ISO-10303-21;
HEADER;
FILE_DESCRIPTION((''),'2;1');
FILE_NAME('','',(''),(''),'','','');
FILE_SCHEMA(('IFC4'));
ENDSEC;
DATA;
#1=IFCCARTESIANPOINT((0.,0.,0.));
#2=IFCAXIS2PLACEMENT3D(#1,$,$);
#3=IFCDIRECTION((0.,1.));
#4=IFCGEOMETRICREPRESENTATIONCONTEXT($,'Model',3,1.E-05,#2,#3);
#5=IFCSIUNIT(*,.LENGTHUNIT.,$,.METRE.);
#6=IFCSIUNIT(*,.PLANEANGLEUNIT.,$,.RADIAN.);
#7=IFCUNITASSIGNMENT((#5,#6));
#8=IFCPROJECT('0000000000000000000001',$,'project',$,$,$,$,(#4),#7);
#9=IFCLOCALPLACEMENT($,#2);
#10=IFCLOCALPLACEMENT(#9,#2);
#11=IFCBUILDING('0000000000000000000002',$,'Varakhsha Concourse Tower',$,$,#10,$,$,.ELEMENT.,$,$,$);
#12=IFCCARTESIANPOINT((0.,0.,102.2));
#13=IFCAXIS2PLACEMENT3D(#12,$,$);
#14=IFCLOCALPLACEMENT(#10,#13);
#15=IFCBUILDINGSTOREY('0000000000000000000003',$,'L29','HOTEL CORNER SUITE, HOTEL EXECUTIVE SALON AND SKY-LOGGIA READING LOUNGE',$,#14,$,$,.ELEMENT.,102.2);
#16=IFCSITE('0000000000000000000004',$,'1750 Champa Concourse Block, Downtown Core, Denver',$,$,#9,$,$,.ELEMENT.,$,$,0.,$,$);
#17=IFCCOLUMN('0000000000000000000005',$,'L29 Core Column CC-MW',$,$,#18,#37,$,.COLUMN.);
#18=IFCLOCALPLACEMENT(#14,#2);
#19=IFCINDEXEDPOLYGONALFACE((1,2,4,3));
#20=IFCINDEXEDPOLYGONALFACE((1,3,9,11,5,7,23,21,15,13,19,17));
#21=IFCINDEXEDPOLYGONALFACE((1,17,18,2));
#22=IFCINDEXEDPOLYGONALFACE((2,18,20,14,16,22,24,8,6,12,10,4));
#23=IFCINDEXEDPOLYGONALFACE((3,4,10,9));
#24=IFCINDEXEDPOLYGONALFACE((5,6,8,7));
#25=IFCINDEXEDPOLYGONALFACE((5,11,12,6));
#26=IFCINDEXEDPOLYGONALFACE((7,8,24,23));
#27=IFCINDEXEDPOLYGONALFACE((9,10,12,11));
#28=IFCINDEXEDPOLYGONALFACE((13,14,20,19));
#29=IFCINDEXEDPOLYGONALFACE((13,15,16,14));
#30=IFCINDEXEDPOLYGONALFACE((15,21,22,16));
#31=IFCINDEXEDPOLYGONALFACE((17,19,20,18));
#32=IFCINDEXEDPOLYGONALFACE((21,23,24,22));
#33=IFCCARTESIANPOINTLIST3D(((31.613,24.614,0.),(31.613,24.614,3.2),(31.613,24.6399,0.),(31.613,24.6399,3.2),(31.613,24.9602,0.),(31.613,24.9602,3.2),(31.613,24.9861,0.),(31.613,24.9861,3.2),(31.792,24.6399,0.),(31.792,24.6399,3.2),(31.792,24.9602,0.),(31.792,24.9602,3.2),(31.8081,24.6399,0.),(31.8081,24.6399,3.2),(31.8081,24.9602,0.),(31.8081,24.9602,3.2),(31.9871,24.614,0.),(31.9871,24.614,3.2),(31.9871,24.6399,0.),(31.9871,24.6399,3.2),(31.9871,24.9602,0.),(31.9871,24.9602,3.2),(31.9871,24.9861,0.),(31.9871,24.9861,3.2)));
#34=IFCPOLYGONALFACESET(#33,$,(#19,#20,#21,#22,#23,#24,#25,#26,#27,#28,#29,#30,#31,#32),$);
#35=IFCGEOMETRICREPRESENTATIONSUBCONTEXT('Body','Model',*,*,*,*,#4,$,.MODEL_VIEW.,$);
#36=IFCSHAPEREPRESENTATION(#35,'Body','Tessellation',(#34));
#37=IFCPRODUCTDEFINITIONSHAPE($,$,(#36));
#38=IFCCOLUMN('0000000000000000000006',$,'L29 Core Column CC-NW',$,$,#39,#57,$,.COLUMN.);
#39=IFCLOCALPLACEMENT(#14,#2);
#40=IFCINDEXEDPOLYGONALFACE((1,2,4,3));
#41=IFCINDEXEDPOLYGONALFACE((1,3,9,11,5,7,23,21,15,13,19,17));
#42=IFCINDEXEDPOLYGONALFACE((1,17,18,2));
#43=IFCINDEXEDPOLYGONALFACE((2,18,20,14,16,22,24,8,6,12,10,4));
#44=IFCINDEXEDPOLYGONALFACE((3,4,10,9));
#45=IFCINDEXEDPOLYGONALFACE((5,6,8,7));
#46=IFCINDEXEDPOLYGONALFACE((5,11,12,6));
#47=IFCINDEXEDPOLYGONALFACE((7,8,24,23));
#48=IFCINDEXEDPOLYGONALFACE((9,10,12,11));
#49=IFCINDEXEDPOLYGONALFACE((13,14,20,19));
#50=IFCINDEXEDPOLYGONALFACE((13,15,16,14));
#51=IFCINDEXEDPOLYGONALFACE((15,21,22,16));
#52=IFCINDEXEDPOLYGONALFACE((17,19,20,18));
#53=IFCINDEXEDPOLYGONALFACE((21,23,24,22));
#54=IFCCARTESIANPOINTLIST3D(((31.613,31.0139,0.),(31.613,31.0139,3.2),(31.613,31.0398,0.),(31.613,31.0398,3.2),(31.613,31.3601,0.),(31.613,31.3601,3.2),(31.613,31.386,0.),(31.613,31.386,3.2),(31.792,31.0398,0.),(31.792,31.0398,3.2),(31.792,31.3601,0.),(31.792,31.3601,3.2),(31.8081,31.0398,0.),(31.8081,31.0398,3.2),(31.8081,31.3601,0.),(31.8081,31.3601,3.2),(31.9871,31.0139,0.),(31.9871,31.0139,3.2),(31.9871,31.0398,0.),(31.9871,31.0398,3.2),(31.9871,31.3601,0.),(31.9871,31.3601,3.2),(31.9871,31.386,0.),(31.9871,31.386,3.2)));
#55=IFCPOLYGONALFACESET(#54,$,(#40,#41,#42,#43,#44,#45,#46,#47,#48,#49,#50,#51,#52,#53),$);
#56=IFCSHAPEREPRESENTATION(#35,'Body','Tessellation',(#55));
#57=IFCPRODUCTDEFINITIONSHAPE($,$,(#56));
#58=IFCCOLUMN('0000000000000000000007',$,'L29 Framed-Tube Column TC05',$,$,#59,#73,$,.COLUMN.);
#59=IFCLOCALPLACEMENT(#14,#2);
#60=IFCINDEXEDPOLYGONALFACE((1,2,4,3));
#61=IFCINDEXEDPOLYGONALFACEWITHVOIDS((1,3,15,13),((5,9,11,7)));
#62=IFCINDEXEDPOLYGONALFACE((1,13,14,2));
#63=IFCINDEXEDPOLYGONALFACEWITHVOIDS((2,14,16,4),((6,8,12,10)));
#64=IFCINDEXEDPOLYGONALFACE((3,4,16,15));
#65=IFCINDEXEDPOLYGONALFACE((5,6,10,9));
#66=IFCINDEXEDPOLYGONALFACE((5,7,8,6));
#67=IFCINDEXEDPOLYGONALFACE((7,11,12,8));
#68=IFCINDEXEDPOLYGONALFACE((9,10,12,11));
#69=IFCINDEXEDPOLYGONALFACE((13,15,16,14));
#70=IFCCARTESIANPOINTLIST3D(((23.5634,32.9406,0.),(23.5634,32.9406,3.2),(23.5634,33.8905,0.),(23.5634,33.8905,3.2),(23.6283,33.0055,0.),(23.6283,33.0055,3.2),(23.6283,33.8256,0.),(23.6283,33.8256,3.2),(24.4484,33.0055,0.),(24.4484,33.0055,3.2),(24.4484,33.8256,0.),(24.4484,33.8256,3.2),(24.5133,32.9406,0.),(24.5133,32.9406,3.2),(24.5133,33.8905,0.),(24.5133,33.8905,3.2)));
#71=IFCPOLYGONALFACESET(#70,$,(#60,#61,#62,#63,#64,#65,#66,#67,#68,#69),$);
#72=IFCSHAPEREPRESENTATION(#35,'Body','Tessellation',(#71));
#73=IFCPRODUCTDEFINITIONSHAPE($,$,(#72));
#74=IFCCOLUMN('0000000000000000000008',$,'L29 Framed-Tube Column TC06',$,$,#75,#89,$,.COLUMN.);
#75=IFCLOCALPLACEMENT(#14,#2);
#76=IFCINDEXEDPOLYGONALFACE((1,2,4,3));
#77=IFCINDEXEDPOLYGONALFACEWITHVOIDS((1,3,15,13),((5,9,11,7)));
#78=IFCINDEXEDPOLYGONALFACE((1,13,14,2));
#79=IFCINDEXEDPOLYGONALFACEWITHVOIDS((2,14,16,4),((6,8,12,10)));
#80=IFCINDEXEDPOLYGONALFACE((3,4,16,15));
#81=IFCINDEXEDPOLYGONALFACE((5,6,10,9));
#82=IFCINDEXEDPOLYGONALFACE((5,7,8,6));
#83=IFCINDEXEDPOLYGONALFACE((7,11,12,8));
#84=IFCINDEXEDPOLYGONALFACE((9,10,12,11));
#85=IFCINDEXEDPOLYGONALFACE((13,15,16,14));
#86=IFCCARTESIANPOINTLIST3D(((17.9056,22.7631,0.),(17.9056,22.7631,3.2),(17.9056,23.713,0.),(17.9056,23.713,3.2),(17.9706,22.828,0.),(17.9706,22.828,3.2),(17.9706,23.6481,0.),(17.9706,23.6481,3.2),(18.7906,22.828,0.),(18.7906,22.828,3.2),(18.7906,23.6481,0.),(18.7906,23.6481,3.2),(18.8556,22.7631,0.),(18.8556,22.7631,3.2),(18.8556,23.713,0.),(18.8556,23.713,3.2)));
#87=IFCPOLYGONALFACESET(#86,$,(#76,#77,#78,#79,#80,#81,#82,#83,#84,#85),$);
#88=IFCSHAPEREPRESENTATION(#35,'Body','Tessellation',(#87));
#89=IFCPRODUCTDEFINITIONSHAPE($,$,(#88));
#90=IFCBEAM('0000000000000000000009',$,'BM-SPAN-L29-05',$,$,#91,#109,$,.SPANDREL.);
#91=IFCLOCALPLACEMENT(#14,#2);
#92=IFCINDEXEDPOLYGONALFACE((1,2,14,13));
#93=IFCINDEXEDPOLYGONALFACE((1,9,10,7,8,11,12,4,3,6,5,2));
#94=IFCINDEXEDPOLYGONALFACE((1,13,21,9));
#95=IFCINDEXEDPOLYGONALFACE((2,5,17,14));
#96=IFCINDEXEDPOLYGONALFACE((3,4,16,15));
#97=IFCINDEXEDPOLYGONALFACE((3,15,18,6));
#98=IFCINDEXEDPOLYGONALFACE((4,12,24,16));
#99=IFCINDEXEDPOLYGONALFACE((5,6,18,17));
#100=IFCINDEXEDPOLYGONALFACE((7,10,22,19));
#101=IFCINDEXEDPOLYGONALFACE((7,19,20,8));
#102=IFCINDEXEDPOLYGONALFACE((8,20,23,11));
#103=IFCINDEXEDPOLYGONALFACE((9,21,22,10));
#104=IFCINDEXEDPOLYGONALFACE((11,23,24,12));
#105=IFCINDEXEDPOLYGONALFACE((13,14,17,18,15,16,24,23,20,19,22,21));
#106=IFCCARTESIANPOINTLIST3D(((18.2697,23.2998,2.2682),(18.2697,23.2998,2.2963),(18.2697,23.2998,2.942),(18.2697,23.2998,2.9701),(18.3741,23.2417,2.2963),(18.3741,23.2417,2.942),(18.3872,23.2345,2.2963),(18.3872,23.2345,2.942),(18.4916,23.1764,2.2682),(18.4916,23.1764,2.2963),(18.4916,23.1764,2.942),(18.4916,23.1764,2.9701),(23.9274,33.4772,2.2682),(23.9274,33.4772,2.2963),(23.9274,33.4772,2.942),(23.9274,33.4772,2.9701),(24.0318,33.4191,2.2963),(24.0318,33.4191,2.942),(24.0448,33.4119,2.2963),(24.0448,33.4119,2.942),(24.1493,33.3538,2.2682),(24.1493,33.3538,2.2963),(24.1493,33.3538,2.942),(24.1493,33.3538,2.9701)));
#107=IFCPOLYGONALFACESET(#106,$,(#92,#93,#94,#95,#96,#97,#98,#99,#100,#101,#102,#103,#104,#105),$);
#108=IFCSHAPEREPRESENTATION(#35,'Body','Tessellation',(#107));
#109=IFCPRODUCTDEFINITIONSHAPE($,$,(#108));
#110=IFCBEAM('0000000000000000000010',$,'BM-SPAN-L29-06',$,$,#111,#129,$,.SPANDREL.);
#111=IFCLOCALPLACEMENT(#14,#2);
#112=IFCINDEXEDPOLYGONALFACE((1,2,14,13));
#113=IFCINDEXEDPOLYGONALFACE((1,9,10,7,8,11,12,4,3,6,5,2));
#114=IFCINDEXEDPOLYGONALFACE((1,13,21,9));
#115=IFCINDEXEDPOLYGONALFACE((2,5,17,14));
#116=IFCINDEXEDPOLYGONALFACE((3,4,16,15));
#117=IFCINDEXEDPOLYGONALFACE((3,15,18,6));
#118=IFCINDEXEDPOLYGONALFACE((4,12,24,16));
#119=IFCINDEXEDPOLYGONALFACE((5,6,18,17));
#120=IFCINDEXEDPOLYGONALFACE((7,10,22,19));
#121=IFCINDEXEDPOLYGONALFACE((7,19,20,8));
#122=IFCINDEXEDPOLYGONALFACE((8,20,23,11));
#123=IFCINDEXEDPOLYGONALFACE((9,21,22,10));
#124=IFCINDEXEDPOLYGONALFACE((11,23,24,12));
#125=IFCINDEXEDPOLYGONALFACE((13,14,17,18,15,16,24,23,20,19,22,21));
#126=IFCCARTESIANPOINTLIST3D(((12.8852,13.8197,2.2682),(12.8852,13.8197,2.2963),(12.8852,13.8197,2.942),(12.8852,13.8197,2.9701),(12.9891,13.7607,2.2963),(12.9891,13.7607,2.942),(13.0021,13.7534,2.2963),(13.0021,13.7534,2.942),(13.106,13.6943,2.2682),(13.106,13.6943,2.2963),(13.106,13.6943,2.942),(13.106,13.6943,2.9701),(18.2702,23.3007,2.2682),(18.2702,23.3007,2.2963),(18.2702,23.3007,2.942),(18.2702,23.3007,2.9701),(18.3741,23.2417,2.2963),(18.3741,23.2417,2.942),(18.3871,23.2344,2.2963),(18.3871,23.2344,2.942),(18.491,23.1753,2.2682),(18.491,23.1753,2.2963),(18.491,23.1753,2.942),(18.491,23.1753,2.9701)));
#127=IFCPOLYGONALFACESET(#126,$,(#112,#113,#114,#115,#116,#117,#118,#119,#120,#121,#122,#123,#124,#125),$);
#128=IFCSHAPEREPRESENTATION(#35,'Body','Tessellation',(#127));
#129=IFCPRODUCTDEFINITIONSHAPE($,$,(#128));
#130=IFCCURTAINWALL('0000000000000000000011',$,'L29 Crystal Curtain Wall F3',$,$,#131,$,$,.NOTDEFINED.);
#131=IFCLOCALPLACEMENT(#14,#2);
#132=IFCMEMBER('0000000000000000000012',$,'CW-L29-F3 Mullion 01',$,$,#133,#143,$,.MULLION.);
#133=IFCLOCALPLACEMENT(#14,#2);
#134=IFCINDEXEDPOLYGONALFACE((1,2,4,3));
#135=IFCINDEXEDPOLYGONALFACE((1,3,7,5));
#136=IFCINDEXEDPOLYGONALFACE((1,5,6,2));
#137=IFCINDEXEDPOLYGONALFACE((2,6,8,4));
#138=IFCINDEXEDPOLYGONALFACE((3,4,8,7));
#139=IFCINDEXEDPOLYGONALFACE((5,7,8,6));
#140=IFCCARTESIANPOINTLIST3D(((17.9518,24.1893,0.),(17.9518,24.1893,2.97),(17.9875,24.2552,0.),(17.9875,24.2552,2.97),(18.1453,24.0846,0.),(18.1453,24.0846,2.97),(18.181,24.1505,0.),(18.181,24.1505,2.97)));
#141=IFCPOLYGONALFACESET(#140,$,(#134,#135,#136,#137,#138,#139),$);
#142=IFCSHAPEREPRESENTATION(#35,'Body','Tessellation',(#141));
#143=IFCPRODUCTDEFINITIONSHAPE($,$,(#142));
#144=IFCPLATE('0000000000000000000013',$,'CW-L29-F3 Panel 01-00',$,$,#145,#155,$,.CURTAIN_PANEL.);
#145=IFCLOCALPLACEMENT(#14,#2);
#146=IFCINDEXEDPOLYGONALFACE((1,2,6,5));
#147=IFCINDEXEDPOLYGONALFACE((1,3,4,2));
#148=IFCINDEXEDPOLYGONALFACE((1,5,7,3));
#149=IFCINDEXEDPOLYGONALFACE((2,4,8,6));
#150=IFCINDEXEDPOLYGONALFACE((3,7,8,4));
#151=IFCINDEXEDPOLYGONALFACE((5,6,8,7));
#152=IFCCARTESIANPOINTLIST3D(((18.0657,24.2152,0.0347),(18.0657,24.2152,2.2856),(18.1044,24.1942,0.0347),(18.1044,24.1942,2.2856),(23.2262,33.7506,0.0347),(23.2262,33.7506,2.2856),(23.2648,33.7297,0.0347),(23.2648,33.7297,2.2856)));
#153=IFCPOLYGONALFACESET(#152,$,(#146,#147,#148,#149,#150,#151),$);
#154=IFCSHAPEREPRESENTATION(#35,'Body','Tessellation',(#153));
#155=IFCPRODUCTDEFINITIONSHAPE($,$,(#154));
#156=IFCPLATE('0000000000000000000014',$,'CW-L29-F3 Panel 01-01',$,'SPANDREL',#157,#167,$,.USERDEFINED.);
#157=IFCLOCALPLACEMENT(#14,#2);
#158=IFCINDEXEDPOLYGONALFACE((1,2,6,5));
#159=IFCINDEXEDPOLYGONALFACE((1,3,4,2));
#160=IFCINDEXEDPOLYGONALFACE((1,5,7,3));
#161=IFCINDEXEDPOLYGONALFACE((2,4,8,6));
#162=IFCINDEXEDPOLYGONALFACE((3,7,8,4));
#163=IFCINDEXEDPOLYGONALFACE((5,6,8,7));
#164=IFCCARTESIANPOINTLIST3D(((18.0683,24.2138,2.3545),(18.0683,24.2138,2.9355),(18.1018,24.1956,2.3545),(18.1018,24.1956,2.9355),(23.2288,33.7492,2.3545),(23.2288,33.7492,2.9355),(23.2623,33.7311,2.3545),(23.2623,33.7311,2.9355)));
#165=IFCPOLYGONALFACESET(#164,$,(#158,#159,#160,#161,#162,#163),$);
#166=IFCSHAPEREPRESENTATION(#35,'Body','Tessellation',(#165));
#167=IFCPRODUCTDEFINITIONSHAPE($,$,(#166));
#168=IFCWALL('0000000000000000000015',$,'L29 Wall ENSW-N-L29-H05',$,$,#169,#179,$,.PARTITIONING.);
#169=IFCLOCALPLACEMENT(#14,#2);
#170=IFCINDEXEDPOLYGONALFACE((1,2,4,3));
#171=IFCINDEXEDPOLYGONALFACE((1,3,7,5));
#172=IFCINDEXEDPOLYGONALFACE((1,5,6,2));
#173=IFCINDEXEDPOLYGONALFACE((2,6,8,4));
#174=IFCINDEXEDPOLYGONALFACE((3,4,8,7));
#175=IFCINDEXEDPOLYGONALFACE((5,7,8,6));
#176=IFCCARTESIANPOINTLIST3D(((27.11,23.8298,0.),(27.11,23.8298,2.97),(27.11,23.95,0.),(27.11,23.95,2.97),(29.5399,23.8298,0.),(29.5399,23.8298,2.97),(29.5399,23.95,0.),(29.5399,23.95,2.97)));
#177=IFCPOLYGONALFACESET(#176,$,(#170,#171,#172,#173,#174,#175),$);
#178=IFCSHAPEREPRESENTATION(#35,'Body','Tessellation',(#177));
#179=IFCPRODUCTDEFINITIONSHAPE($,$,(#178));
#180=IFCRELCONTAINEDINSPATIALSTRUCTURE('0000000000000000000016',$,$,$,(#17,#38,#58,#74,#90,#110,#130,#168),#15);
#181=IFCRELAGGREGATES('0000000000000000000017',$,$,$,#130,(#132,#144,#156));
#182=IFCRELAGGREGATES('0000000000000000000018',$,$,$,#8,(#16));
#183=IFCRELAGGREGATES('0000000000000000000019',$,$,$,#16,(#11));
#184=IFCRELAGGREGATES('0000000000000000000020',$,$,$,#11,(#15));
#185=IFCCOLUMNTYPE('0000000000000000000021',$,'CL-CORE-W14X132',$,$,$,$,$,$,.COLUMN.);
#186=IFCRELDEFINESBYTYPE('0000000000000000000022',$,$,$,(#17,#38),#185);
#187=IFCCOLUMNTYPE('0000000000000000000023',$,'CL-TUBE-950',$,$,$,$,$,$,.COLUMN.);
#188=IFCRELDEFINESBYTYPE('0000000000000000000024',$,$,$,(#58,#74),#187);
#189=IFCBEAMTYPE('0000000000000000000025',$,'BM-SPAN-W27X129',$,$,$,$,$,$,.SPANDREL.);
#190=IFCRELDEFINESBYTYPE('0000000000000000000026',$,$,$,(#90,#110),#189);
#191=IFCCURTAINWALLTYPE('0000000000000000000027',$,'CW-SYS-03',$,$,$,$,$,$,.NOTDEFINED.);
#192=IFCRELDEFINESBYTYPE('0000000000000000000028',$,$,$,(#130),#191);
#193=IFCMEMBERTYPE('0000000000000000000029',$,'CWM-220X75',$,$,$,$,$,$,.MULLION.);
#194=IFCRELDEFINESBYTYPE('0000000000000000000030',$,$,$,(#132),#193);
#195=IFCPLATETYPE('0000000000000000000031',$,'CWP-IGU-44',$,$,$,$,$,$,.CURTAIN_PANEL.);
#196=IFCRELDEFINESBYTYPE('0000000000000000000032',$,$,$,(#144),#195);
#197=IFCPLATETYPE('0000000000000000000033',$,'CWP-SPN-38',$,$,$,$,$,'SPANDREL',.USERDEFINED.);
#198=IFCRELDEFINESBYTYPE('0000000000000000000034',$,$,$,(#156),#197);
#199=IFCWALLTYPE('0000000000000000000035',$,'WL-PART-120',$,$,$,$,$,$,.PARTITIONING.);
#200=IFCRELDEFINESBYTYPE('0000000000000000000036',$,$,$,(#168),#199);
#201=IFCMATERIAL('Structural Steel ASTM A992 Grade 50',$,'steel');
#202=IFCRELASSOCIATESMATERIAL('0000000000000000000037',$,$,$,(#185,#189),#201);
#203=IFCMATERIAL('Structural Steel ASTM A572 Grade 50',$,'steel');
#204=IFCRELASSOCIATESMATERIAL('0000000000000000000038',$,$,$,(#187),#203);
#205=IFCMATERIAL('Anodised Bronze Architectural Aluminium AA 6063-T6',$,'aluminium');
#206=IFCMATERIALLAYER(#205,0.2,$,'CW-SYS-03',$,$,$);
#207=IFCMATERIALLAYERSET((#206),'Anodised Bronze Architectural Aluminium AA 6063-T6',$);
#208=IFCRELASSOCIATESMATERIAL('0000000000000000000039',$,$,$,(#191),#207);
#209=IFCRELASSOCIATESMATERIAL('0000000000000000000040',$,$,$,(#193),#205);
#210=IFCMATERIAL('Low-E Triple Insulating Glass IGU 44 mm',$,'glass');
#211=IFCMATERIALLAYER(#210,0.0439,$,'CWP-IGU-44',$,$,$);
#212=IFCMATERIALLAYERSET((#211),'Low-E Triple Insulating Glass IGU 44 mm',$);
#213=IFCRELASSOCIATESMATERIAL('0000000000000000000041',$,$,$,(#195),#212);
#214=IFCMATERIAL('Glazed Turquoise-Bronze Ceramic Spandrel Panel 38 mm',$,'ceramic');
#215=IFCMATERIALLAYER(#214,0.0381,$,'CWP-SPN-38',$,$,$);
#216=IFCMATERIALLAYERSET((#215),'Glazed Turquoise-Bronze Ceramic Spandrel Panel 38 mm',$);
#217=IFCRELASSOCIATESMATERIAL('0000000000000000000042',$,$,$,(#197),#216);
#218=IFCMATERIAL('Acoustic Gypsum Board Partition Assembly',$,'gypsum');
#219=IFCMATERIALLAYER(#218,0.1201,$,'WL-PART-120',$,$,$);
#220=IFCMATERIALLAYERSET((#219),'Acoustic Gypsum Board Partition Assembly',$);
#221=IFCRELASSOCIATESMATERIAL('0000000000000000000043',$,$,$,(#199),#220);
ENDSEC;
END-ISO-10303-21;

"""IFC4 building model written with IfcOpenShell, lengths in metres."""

from ifc_helpers import new_model, si_unit, direction, frame, frame_2d, origin, origin_2d, place, context, subcontext, project, spatial, rectangle, hollow_rectangle, i_section, extrude, source, transform, mapped, material, layer, layer_set, material_profile, profile_set, type_object, type_shapes, element, aggregate, save


model = new_model("IFC4")

# Units and contexts
model_context = context("Model", 3, precision=1e-05, world=origin(), true_north=direction((0.0, 1.0)))
body_context = subcontext(model_context, "Body", "Model", "MODEL_VIEW")
ifc_project = project(units=[si_unit("LENGTHUNIT", "METRE"), si_unit("PLANEANGLEUNIT", "RADIAN")], contexts=[model_context])

# Site, building, storey
site_placement = place(None, origin())
site = spatial("IfcSite", under=ifc_project, at=site_placement, Name="1750 Champa Concourse Block, Downtown Core, Denver", CompositionType="ELEMENT", RefElevation=0.0)
building_placement = place(site_placement, origin())
building = spatial("IfcBuilding", under=site, at=building_placement, Name="Varakhsha Concourse Tower", CompositionType="ELEMENT")
storey_placement = place(building_placement, frame((0.0, 0.0, 102.2)))
storey = spatial("IfcBuildingStorey", under=building, at=storey_placement, Name="L29", Description="HOTEL CORNER SUITE, HOTEL EXECUTIVE SALON AND SKY-LOGGIA READING LOUNGE", CompositionType="ELEMENT", Elevation=102.2)

# Columns
ifc_material_1 = material(Name="Structural Steel ASTM A992 Grade 50", Category="steel")
ifc_material_profile_1 = material_profile(ifc_material_1, i_section(OverallWidth=0.374, OverallDepth=0.3721, WebThickness=0.0161, FlangeThickness=0.0259, at=origin_2d()), Name="W14X132")
ifc_profile_set_1 = profile_set([ifc_material_profile_1], Name="Structural Steel ASTM A992 Grade 50")
column_type_1 = type_object("IfcColumnType", Name="CL-CORE-W14X132", PredefinedType="COLUMN", material=ifc_profile_set_1)
for number, where, z_axis, x_axis, name in (
    (1, (31.8, 24.8, 0.0), (0.0, 0.0, 1.0), (1.0, 0.0, 0.0), "L29 Core Column CC-MW"),
    (2, (31.8, 31.2, 0.0), (0.0, 0.0, 1.0), (1.0, 0.0, 0.0), "L29 Core Column CC-NW"),
):
    element("IfcColumn", number, at=place(storey_placement, frame(where, z_axis=z_axis, x_axis=x_axis)), inside=storey, type_object=column_type_1, Name=name, PredefinedType="COLUMN", context=body_context, shape_type="SweptSolid", body=[
        extrude(i_section(OverallWidth=0.374, OverallDepth=0.3721, WebThickness=0.0161, FlangeThickness=0.0259, at=origin_2d()), origin(), (0.0, 0.0, 1.0), 3.2),
    ])
ifc_material_2 = material(Name="Structural Steel ASTM A572 Grade 50", Category="steel")
ifc_material_profile_2 = material_profile(ifc_material_2, hollow_rectangle(XDim=0.95, YDim=0.95, WallThickness=0.0649, at=origin_2d()), Name="BOX 950x950x65")
ifc_profile_set_2 = profile_set([ifc_material_profile_2], Name="Structural Steel ASTM A572 Grade 50")
column_type_2 = type_object("IfcColumnType", Name="CL-TUBE-950", PredefinedType="COLUMN", material=ifc_profile_set_2)
for number, where, z_axis, x_axis, name in (
    (3, (24.0383, 33.4155, 0.0), (0.0, 0.0, 1.0), (1.0, 0.0, 0.0), "L29 Framed-Tube Column TC05"),
    (4, (18.3806, 23.238, 0.0), (0.0, 0.0, 1.0), (1.0, 0.0, 0.0), "L29 Framed-Tube Column TC06"),
):
    element("IfcColumn", number, at=place(storey_placement, frame(where, z_axis=z_axis, x_axis=x_axis)), inside=storey, type_object=column_type_2, Name=name, PredefinedType="COLUMN", context=body_context, shape_type="SweptSolid", body=[
        extrude(hollow_rectangle(XDim=0.95, YDim=0.95, WallThickness=0.0649, at=origin_2d()), origin(), (0.0, 0.0, 1.0), 3.2),
    ])

# Beams
ifc_material_profile_3 = material_profile(ifc_material_1, i_section(OverallWidth=0.2539, OverallDepth=0.7019, WebThickness=0.0149, FlangeThickness=0.0281, at=origin_2d()), Name="W27X129")
ifc_profile_set_3 = profile_set([ifc_material_profile_3], Name="Structural Steel ASTM A992 Grade 50")
beam_type = type_object("IfcBeamType", Name="BM-SPAN-W27X129", PredefinedType="SPANDREL", material=ifc_profile_set_3)
beam_1_placement = place(storey_placement, frame((24.0383, 33.4155, 2.6191), z_axis=(-0.485876, -0.874028, 0.0), x_axis=(0.874028, -0.485876, 0.0)))
element("IfcBeam", 5, at=beam_1_placement, inside=storey, type_object=beam_type, Name="BM-SPAN-L29-05", PredefinedType="SPANDREL", context=body_context, shape_type="SweptSolid", body=[
    extrude(i_section(OverallWidth=0.2539, OverallDepth=0.7019, WebThickness=0.0149, FlangeThickness=0.0281, at=origin_2d()), origin(), (0.0, 0.0, 1.0), 11.6443),
])
beam_2_placement = place(storey_placement, frame((18.3806, 23.238, 2.6191), z_axis=(-0.493878, -0.869531, 0.0), x_axis=(0.869531, -0.493878, 0.0)))
element("IfcBeam", 6, at=beam_2_placement, inside=storey, type_object=beam_type, Name="BM-SPAN-L29-06", PredefinedType="SPANDREL", context=body_context, shape_type="SweptSolid", body=[
    extrude(i_section(OverallWidth=0.2539, OverallDepth=0.7019, WebThickness=0.0149, FlangeThickness=0.0281, at=origin_2d()), origin(), (0.0, 0.0, 1.0), 10.9036),
])

# Curtain wall, member, plates
ifc_material_3 = material(Name="Anodised Bronze Architectural Aluminium AA 6063-T6", Category="aluminium")
ifc_layer_1 = layer(ifc_material_3, 0.2, Name="CW-SYS-03")
ifc_layer_set_1 = layer_set([ifc_layer_1], Name="Anodised Bronze Architectural Aluminium AA 6063-T6")
curtain_wall_type = type_object("IfcCurtainWallType", Name="CW-SYS-03", PredefinedType="NOTDEFINED", material=ifc_layer_set_1)
curtain_wall_placement = place(storey_placement, origin())
curtain_wall = element("IfcCurtainWall", 7, at=curtain_wall_placement, inside=storey, type_object=curtain_wall_type, Name="L29 Crystal Curtain Wall F3", PredefinedType="NOTDEFINED")
ifc_material_profile_4 = material_profile(ifc_material_3, rectangle(XDim=0.075, YDim=0.22, at=origin_2d()), Name="CWM-220X75")
ifc_profile_set_4 = profile_set([ifc_material_profile_4], Name="Anodised Bronze Architectural Aluminium AA 6063-T6")
member_type = type_object("IfcMemberType", Name="CWM-220X75", PredefinedType="MULLION", material=ifc_profile_set_4)
shared_shape_1 = source(origin(), body_context, "Body", "SweptSolid", [
    extrude(rectangle(XDim=0.075, YDim=0.22, at=origin_2d()), origin(), (0.0, 0.0, 1.0), 2.97),
])
type_shapes(member_type, [shared_shape_1])
member_placement = place(storey_placement, frame((18.0664, 24.1699, 0.0), z_axis=(0.0, 0.0, 1.0), x_axis=(0.475959, 0.879468, 0.0)))
member = element("IfcMember", 8, at=member_placement, type_object=member_type, Name="CW-L29-F3 Mullion 01", PredefinedType="MULLION", context=body_context, shape_type="MappedRepresentation", body=[
    mapped(shared_shape_1, transform((0.0, 0.0, 0.0), scale=1.0)),
])
ifc_material_4 = material(Name="Low-E Triple Insulating Glass IGU 44 mm", Category="glass")
ifc_layer_2 = layer(ifc_material_4, 0.0439, Name="CWP-IGU-44")
ifc_layer_set_2 = layer_set([ifc_layer_2], Name="Low-E Triple Insulating Glass IGU 44 mm")
plate_type_1 = type_object("IfcPlateType", Name="CWP-IGU-44", PredefinedType="CURTAIN_PANEL", material=ifc_layer_set_2)
shared_shape_2 = source(origin(), body_context, "Body", "SweptSolid", [
    extrude(rectangle(XDim=10.8423, YDim=0.0439, at=origin_2d()), origin(), (0.0, 0.0, 1.0), 2.251),
])
type_shapes(plate_type_1, [shared_shape_2])
plate_1_placement = place(storey_placement, frame((20.6653, 28.9724, 0.0347), z_axis=(0.0, 0.0, 1.0), x_axis=(0.475959, 0.879468, 0.0)))
plate_1 = element("IfcPlate", 9, at=plate_1_placement, type_object=plate_type_1, Name="CW-L29-F3 Panel 01-00", PredefinedType="CURTAIN_PANEL", context=body_context, shape_type="MappedRepresentation", body=[
    mapped(shared_shape_2, transform((0.0, 0.0, 0.0), scale=1.0)),
])
ifc_material_5 = material(Name="Glazed Turquoise-Bronze Ceramic Spandrel Panel 38 mm", Category="ceramic")
ifc_layer_3 = layer(ifc_material_5, 0.0381, Name="CWP-SPN-38")
ifc_layer_set_3 = layer_set([ifc_layer_3], Name="Glazed Turquoise-Bronze Ceramic Spandrel Panel 38 mm")
plate_type_2 = type_object("IfcPlateType", Name="CWP-SPN-38", ElementType="SPANDREL", PredefinedType="USERDEFINED", material=ifc_layer_set_3)
shared_shape_3 = source(origin(), body_context, "Body", "SweptSolid", [
    extrude(rectangle(XDim=10.8423, YDim=0.0381, at=origin_2d()), origin(), (0.0, 0.0, 1.0), 0.5811),
])
type_shapes(plate_type_2, [shared_shape_3])
plate_2_placement = place(storey_placement, frame((20.6653, 28.9724, 2.3545), z_axis=(0.0, 0.0, 1.0), x_axis=(0.475959, 0.879468, 0.0)))
plate_2 = element("IfcPlate", 10, at=plate_2_placement, type_object=plate_type_2, Name="CW-L29-F3 Panel 01-01", ObjectType="SPANDREL", PredefinedType="USERDEFINED", context=body_context, shape_type="MappedRepresentation", body=[
    mapped(shared_shape_3, transform((0.0, 0.0, 0.0), scale=1.0)),
])
aggregate(curtain_wall, [member, plate_1, plate_2])

# Wall
ifc_material_6 = material(Name="Acoustic Gypsum Board Partition Assembly", Category="gypsum")
ifc_layer_4 = layer(ifc_material_6, 0.1201, Name="WL-PART-120")
ifc_layer_set_4 = layer_set([ifc_layer_4], Name="Acoustic Gypsum Board Partition Assembly")
wall_type_1 = type_object("IfcWallType", Name="WL-PART-120", PredefinedType="PARTITIONING", material=ifc_layer_set_4)
wall_1_placement = place(storey_placement, frame((27.1101, 23.8899, 0.0), z_axis=(0.0, 0.0, 1.0), x_axis=(1.0, 0.0, 0.0)))
element("IfcWall", 11, at=wall_1_placement, inside=storey, type_object=wall_type_1, Name="L29 Wall ENSW-N-L29-H05", PredefinedType="PARTITIONING", context=body_context, shape_type="SweptSolid", body=[
    extrude(rectangle(XDim=2.4299, YDim=0.1201, at=frame_2d((1.2148, 0.0))), origin(), (0.0, 0.0, 1.0), 2.97),
])

save(model, "model.ifc")
